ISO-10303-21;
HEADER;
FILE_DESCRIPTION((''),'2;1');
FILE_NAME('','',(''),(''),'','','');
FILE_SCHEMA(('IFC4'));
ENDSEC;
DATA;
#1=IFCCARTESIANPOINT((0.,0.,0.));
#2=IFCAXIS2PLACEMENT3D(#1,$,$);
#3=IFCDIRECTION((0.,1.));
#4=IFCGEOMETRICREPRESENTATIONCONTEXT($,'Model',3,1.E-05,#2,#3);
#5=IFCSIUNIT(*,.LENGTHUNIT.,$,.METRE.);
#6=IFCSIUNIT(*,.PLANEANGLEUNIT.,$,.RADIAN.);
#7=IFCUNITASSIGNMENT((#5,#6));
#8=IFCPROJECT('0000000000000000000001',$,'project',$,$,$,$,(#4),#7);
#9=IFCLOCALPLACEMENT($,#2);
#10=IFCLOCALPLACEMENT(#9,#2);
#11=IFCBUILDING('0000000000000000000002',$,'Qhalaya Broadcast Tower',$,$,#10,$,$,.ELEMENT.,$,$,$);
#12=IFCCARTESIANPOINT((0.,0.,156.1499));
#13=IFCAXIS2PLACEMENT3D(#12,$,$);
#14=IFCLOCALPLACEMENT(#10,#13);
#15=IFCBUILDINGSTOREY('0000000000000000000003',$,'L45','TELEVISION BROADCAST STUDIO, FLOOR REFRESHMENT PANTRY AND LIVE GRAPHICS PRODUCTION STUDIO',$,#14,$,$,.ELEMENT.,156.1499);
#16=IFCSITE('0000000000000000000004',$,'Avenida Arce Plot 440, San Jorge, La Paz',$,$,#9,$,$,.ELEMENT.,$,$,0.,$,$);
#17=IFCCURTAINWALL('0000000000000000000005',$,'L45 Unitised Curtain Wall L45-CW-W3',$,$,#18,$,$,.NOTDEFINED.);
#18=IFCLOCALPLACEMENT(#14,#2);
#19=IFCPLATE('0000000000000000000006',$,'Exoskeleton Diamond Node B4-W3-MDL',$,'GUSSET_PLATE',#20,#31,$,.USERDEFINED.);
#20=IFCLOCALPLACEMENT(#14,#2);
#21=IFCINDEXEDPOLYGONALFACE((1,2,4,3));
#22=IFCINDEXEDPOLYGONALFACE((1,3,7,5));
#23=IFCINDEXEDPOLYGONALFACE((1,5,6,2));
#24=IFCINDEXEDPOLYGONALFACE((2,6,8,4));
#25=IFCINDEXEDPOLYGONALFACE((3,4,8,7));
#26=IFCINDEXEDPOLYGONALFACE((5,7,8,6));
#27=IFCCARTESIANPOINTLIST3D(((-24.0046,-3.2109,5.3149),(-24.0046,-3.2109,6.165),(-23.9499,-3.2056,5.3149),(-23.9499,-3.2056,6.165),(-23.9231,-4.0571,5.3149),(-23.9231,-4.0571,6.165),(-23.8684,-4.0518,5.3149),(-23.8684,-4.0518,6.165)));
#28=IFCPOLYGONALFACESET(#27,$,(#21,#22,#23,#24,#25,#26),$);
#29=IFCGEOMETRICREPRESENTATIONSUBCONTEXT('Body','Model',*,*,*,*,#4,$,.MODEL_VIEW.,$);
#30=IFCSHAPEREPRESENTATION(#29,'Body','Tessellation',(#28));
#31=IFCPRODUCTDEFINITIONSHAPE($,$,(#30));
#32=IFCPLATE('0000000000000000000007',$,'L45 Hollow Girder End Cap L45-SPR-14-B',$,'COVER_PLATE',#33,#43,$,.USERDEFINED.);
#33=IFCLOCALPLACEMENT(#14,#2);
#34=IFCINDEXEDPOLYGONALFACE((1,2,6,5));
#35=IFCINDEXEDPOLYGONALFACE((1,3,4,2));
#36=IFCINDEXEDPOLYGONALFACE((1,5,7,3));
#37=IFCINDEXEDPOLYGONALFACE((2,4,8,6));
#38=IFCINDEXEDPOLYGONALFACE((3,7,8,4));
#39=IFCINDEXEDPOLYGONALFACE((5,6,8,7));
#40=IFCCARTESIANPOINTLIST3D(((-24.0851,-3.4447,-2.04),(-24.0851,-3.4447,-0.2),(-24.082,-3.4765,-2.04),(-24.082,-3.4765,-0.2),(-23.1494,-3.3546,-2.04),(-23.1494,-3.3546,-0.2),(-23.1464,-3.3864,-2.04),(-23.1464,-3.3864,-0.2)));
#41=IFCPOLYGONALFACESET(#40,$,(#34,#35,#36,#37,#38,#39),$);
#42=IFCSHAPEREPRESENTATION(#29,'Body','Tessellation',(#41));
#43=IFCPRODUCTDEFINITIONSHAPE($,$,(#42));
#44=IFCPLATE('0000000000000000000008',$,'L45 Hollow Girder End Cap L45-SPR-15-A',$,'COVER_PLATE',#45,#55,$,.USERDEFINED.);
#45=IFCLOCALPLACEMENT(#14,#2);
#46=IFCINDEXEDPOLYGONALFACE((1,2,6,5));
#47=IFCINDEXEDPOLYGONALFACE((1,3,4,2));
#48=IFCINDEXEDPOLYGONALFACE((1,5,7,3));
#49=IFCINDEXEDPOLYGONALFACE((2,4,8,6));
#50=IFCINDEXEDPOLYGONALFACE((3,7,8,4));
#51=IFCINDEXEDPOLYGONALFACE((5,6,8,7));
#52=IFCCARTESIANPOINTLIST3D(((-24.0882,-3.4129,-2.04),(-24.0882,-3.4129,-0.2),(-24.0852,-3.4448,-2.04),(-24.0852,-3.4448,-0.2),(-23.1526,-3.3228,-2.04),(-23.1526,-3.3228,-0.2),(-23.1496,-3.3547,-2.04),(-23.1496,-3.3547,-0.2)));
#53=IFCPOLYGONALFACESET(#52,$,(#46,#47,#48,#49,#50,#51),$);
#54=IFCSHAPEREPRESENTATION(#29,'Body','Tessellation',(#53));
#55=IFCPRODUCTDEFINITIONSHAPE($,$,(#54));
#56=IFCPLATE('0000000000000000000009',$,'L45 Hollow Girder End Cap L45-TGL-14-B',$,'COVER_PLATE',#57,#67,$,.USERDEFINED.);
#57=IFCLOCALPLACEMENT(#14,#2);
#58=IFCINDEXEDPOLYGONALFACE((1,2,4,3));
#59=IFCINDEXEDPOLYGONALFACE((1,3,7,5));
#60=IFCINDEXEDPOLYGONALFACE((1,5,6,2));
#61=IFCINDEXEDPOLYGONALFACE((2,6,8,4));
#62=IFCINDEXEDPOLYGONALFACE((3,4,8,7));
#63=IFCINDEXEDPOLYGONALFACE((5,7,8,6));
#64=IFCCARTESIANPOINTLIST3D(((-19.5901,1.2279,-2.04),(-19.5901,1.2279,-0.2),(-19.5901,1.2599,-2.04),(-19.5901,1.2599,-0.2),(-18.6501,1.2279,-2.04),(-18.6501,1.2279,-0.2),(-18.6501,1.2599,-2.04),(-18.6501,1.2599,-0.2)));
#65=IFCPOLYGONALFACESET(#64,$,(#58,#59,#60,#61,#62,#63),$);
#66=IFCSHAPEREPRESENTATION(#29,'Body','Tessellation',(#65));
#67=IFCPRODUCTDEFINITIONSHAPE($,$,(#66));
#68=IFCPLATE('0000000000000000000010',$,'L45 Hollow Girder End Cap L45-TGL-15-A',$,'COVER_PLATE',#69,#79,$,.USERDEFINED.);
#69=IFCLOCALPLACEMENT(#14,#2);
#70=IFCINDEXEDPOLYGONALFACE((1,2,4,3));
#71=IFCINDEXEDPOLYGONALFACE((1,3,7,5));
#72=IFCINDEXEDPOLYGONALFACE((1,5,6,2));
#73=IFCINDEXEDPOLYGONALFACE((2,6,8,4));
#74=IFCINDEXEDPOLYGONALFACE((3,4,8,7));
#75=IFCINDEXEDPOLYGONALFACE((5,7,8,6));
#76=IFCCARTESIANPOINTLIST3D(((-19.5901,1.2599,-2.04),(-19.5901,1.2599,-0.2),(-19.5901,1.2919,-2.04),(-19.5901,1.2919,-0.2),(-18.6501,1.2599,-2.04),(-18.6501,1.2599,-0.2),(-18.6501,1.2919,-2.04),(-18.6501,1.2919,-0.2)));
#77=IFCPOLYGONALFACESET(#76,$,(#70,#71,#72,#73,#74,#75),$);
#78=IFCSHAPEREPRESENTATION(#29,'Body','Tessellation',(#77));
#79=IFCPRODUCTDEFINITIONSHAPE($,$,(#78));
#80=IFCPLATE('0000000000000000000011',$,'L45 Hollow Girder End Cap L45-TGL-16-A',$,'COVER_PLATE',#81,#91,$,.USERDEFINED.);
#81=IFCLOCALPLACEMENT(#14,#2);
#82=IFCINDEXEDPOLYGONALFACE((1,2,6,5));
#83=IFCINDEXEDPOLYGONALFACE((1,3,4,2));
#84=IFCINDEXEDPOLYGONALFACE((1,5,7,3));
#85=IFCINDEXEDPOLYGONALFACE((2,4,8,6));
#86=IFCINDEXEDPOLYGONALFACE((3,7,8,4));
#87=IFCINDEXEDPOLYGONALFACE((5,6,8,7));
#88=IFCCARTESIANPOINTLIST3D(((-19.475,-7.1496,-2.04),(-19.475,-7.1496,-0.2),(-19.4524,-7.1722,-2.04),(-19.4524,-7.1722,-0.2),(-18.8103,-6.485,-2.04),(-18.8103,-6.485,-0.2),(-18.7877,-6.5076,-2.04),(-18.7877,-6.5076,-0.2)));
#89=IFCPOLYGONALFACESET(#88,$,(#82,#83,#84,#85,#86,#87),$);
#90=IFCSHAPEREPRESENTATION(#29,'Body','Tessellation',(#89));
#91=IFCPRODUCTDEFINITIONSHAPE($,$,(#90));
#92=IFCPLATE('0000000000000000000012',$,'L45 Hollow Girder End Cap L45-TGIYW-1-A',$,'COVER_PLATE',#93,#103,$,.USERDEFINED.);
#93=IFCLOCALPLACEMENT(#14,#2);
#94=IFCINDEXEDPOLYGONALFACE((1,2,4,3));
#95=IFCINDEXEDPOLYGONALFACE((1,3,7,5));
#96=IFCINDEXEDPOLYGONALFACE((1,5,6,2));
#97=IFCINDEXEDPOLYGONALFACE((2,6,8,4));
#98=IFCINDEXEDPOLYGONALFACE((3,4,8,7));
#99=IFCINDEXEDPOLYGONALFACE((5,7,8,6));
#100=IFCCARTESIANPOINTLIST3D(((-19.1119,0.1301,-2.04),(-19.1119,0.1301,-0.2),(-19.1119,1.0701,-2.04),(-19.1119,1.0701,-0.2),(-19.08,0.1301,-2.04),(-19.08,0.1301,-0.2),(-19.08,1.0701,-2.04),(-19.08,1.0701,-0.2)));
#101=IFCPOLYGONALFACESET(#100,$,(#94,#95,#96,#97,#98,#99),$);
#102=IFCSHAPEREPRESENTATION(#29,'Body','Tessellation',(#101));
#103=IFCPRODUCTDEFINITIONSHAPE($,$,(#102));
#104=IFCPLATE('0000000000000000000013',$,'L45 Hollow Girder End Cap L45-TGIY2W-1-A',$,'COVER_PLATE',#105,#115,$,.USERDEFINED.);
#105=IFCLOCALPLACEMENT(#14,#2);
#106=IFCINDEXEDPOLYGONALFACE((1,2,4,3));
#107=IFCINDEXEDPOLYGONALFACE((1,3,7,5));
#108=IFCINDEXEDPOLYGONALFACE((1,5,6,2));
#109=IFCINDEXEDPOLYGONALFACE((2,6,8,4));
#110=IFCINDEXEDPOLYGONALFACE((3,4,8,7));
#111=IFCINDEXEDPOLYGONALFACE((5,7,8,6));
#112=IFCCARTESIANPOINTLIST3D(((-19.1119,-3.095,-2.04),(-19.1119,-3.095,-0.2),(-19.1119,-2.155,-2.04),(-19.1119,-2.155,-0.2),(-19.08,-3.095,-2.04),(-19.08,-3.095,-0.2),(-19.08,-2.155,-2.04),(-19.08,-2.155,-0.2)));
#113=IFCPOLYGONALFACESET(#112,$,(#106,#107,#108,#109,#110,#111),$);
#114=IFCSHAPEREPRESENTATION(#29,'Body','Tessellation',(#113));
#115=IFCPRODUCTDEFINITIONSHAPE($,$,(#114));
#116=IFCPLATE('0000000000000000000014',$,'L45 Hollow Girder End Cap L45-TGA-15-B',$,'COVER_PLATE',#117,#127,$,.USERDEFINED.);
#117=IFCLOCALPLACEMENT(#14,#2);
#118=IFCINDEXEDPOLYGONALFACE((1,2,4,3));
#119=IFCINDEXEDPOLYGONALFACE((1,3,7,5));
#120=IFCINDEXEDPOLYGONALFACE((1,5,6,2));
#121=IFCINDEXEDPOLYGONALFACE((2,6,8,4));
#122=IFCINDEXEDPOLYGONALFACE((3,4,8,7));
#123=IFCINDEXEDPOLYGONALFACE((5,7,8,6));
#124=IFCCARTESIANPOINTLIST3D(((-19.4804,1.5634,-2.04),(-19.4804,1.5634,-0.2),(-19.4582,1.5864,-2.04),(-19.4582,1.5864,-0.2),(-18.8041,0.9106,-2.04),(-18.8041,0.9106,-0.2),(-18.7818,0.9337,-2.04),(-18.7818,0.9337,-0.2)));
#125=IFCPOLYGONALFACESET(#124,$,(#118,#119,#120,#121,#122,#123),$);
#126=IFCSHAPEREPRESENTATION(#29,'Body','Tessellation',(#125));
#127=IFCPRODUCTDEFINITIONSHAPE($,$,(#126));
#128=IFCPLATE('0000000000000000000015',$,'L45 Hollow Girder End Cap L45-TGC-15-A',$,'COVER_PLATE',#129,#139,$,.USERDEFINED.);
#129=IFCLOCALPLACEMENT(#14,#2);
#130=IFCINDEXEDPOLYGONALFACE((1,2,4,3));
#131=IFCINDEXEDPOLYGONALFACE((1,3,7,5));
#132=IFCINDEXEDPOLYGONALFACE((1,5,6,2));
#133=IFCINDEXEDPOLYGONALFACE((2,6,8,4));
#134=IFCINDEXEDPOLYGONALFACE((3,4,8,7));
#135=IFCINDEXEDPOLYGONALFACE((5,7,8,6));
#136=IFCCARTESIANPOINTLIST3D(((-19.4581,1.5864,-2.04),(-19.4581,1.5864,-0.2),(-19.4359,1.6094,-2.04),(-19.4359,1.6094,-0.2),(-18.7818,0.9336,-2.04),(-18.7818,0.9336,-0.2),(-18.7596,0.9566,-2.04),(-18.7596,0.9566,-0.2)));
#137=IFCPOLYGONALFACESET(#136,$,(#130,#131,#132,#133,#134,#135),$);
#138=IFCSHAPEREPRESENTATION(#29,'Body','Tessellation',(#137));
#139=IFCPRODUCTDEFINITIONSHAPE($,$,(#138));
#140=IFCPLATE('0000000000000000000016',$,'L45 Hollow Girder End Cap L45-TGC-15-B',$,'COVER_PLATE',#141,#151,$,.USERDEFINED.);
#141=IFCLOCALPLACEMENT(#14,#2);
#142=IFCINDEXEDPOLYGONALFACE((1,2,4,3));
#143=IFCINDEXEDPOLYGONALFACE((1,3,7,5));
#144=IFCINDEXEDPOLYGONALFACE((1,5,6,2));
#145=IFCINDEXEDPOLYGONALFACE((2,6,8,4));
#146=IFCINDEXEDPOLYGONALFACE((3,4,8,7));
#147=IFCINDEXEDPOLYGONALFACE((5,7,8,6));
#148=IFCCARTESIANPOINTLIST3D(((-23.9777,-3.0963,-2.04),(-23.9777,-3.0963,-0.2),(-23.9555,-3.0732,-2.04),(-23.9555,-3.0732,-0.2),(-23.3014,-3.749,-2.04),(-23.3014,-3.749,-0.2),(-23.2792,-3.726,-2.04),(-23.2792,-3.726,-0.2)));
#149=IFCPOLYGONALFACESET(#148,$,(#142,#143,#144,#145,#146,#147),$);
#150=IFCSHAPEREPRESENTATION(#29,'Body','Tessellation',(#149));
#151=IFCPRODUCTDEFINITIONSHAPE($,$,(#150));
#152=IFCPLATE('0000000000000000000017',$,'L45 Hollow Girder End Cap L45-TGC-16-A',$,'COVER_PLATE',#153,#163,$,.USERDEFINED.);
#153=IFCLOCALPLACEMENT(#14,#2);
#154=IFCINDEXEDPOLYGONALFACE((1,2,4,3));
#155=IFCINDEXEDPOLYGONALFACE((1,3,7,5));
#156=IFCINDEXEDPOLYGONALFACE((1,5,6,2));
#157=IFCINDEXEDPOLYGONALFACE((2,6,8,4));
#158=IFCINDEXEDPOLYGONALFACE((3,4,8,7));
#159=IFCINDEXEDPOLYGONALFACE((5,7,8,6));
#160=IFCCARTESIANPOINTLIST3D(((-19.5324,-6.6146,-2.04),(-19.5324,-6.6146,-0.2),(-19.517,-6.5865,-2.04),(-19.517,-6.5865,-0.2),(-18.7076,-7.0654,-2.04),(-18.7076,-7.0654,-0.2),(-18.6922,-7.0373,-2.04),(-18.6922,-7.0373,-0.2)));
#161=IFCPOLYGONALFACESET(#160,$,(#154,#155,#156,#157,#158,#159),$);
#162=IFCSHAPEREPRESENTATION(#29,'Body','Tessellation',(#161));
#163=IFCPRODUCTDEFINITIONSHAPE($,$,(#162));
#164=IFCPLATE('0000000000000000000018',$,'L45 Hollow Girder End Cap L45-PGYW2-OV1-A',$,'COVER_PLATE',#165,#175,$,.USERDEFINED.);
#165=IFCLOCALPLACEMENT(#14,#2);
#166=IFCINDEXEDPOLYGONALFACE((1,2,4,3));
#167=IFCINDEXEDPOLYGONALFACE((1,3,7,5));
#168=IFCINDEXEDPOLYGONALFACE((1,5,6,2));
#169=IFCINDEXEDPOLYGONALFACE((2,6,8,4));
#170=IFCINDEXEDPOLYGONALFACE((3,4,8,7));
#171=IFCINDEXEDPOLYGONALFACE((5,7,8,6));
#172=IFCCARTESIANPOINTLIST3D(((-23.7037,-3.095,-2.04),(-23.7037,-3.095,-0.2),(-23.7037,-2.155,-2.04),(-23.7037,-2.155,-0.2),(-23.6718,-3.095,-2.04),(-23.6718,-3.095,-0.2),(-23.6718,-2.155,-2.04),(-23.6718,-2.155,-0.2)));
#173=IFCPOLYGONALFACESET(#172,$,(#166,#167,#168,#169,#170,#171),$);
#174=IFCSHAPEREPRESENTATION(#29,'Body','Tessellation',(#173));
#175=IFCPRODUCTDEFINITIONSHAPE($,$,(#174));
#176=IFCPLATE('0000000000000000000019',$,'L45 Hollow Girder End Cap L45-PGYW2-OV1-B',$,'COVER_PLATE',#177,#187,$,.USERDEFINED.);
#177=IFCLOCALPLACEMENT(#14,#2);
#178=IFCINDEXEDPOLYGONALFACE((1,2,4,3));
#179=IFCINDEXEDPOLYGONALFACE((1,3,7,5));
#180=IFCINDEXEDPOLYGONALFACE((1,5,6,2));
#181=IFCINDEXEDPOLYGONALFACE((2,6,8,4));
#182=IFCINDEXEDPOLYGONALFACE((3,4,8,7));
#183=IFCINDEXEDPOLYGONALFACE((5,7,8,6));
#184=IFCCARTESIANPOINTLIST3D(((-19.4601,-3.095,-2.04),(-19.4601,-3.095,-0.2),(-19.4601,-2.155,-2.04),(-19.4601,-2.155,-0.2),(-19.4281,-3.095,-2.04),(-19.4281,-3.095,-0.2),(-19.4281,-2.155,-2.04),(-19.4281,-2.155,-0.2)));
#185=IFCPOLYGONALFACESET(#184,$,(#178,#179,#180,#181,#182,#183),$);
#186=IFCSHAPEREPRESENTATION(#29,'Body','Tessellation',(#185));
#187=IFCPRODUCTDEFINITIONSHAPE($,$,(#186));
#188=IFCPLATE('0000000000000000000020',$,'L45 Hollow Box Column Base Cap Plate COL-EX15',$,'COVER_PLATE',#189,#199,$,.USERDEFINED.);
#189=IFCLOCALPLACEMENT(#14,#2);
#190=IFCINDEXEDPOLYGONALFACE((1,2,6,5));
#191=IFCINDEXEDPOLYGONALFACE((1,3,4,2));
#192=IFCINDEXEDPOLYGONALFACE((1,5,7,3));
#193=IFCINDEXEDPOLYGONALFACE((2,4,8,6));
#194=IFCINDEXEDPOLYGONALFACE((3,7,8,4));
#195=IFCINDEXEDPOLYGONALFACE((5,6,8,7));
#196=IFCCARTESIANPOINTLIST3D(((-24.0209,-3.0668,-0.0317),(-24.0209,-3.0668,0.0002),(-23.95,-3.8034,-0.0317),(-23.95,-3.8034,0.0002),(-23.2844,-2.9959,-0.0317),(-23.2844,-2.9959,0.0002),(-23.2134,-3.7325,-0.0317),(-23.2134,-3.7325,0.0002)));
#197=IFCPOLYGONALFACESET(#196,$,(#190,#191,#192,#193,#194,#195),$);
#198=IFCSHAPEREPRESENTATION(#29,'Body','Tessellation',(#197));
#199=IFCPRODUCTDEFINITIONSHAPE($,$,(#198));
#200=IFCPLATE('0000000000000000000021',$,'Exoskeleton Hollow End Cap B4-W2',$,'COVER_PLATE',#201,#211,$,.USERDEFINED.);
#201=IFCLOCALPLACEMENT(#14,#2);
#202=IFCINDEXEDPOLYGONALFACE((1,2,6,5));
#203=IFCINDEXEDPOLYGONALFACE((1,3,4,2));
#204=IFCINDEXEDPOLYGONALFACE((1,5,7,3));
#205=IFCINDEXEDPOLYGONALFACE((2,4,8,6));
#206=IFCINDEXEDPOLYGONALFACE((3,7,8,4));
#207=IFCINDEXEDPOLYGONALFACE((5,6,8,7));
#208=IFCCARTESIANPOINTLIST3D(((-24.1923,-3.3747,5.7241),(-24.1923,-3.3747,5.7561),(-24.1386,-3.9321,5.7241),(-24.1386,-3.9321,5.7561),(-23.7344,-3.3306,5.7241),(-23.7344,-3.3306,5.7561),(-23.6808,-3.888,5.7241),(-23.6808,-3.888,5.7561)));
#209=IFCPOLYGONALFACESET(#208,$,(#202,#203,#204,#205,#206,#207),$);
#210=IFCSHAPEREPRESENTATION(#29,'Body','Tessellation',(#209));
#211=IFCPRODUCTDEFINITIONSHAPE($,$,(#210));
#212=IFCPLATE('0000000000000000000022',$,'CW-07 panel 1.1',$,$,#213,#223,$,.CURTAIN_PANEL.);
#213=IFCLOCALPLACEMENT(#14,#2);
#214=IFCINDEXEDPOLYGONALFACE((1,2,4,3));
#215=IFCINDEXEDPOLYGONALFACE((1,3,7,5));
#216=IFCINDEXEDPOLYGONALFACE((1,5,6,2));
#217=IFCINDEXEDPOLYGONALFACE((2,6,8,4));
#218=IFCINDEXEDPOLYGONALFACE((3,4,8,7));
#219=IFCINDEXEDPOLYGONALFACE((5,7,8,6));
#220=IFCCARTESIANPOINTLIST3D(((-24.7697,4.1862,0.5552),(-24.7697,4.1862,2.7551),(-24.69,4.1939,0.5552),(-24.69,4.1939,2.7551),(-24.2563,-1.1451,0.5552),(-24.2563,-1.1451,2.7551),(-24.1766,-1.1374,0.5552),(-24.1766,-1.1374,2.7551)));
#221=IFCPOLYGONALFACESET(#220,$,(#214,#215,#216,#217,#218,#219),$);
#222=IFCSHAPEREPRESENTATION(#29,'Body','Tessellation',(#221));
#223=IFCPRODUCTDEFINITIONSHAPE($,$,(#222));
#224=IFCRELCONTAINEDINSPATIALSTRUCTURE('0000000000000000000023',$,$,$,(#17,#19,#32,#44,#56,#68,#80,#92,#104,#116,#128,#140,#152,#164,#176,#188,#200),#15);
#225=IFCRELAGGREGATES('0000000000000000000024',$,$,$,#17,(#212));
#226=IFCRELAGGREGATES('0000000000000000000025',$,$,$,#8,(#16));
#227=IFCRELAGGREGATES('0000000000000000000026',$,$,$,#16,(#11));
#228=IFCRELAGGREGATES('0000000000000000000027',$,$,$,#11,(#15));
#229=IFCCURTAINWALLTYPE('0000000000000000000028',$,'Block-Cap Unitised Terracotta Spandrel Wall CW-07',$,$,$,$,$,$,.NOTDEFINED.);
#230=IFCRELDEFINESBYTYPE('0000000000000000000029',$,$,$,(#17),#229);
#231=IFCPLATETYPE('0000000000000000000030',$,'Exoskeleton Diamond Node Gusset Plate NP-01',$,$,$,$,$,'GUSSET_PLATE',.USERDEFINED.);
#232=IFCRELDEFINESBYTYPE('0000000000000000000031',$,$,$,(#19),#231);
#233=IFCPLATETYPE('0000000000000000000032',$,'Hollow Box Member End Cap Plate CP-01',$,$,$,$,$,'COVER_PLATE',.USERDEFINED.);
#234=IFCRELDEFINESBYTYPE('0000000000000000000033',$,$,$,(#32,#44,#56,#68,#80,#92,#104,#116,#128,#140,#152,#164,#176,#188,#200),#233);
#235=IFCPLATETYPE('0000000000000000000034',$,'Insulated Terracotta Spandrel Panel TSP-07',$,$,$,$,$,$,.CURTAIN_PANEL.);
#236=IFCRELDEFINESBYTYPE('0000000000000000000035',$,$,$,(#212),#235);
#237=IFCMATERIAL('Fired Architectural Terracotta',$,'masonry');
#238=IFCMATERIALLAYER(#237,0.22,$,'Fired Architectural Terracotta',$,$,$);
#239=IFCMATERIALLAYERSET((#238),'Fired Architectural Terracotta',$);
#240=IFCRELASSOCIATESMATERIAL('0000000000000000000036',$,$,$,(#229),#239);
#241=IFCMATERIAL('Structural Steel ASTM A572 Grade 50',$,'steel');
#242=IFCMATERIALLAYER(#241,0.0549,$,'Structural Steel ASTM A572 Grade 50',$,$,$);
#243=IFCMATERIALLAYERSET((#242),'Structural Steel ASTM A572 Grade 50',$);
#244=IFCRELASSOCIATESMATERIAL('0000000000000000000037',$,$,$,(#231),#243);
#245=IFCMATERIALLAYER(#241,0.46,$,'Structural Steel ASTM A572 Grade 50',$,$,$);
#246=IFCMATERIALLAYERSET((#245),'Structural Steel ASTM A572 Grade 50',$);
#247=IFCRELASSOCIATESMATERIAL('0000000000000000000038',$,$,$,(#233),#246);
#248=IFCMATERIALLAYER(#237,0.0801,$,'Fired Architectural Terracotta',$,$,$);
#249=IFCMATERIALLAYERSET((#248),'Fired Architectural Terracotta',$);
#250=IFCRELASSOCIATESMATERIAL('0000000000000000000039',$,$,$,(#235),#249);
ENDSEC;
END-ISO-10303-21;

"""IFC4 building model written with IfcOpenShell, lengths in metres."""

from ifc_helpers import new_model, si_unit, direction, frame, origin, origin_2d, place, context, subcontext, project, spatial, rectangle, extrude, material, layer, layer_set, type_object, element, aggregate, save


model = new_model("IFC4")

# Units and contexts
model_context = context("Model", 3, precision=1e-05, world=origin(), true_north=direction((0.0, 1.0)))
body_context = subcontext(model_context, "Body", "Model", "MODEL_VIEW")
ifc_project = project(units=[si_unit("LENGTHUNIT", "METRE"), si_unit("PLANEANGLEUNIT", "RADIAN")], contexts=[model_context])

# Site, building, storey
site_placement = place(None, origin())
site = spatial("IfcSite", under=ifc_project, at=site_placement, Name="Avenida Arce Plot 440, San Jorge, La Paz", CompositionType="ELEMENT", RefElevation=0.0)
building_placement = place(site_placement, origin())
building = spatial("IfcBuilding", under=site, at=building_placement, Name="Qhalaya Broadcast Tower", CompositionType="ELEMENT")
storey_placement = place(building_placement, frame((0.0, 0.0, 156.1499)))
storey = spatial("IfcBuildingStorey", under=building, at=storey_placement, Name="L45", Description="TELEVISION BROADCAST STUDIO, FLOOR REFRESHMENT PANTRY AND LIVE GRAPHICS PRODUCTION STUDIO", CompositionType="ELEMENT", Elevation=156.1499)

# Shared definitions
ifc_material_1 = material(Name="Structural Steel ASTM A572 Grade 50", Category="steel")

# Curtain wall
ifc_material_2 = material(Name="Fired Architectural Terracotta", Category="masonry")
ifc_layer_1 = layer(ifc_material_2, 0.22, Name="Fired Architectural Terracotta")
ifc_layer_set_1 = layer_set([ifc_layer_1], Name="Fired Architectural Terracotta")
curtain_wall_type_1 = type_object("IfcCurtainWallType", Name="Block-Cap Unitised Terracotta Spandrel Wall CW-07", PredefinedType="NOTDEFINED", material=ifc_layer_set_1)
curtain_wall_1_placement = place(storey_placement, origin())
curtain_wall_1 = element("IfcCurtainWall", 1, at=curtain_wall_1_placement, inside=storey, type_object=curtain_wall_type_1, Name="L45 Unitised Curtain Wall L45-CW-W3", PredefinedType="NOTDEFINED")

# Plates
ifc_layer_2 = layer(ifc_material_1, 0.0549, Name="Structural Steel ASTM A572 Grade 50")
ifc_layer_set_2 = layer_set([ifc_layer_2], Name="Structural Steel ASTM A572 Grade 50")
plate_type_1 = type_object("IfcPlateType", Name="Exoskeleton Diamond Node Gusset Plate NP-01", ElementType="GUSSET_PLATE", PredefinedType="USERDEFINED", material=ifc_layer_set_2)
plate_1_placement = place(storey_placement, frame((-23.9365, -3.6313, 5.3149), z_axis=(0.0, 0.0, 1.0), x_axis=(-0.095846, 0.995396, 0.0)))
element("IfcPlate", 2, at=plate_1_placement, inside=storey, type_object=plate_type_1, Name="Exoskeleton Diamond Node B4-W3-MDL", ObjectType="GUSSET_PLATE", PredefinedType="USERDEFINED", context=body_context, shape_type="SweptSolid", body=[
    extrude(rectangle(XDim=0.8501, YDim=0.0549, at=origin_2d()), origin(), (0.0, 0.0, 1.0), 0.8501),
])
ifc_layer_3 = layer(ifc_material_1, 0.46, Name="Structural Steel ASTM A572 Grade 50")
ifc_layer_set_3 = layer_set([ifc_layer_3], Name="Structural Steel ASTM A572 Grade 50")
plate_type_2 = type_object("IfcPlateType", Name="Hollow Box Member End Cap Plate CP-01", ElementType="COVER_PLATE", PredefinedType="USERDEFINED", material=ifc_layer_set_3)
for number, where, z_axis, x_axis, name in (
    (3, (-23.6157, -3.4155, -2.04), (0.0, 0.0, 1.0), (0.995396, 0.095846, 0.0), "L45 Hollow Girder End Cap L45-SPR-14-B"),
    (4, (-23.6189, -3.3838, -2.04), (0.0, 0.0, 1.0), (0.995396, 0.095846, 0.0), "L45 Hollow Girder End Cap L45-SPR-15-A"),
    (5, (-19.1201, 1.2439, -2.04), (0.0, 0.0, 1.0), (1.0, 0.0, 0.0), "L45 Hollow Girder End Cap L45-TGL-14-B"),
    (6, (-19.1201, 1.2759, -2.04), (0.0, 0.0, 1.0), (1.0, 0.0, 0.0), "L45 Hollow Girder End Cap L45-TGL-15-A"),
    (7, (-19.1313, -6.8286, -2.04), (0.0, 0.0, 1.0), (0.707107, 0.707107, 0.0), "L45 Hollow Girder End Cap L45-TGL-16-A"),
    (8, (-19.0959, 0.6001, -2.04), (0.0, 0.0, 1.0), (0.0, 1.0, 0.0), "L45 Hollow Girder End Cap L45-TGIYW-1-A"),
    (9, (-19.0959, -2.625, -2.04), (0.0, 0.0, 1.0), (0.0, 1.0, 0.0), "L45 Hollow Girder End Cap L45-TGIY2W-1-A"),
    (10, (-19.1311, 1.2485, -2.04), (0.0, 0.0, 1.0), (0.719522, -0.69447, 0.0), "L45 Hollow Girder End Cap L45-TGA-15-B"),
    (11, (-19.1089, 1.2715, -2.04), (0.0, 0.0, 1.0), (0.719522, -0.69447, 0.0), "L45 Hollow Girder End Cap L45-TGC-15-A"),
    (12, (-23.6284, -3.4111, -2.04), (0.0, 0.0, 1.0), (0.719522, -0.69447, 0.0), "L45 Hollow Girder End Cap L45-TGC-15-B"),
    (13, (-19.1123, -6.8259, -2.04), (0.0, 0.0, 1.0), (0.877481, -0.479611, 0.0), "L45 Hollow Girder End Cap L45-TGC-16-A"),
    (14, (-23.6877, -2.625, -2.04), (0.0, 0.0, 1.0), (0.0, 1.0, 0.0), "L45 Hollow Girder End Cap L45-PGYW2-OV1-A"),
    (15, (-19.4441, -2.625, -2.04), (0.0, 0.0, 1.0), (0.0, 1.0, 0.0), "L45 Hollow Girder End Cap L45-PGYW2-OV1-B"),
):
    element("IfcPlate", number, at=place(storey_placement, frame(where, z_axis=z_axis, x_axis=x_axis)), inside=storey, type_object=plate_type_2, Name=name, ObjectType="COVER_PLATE", PredefinedType="USERDEFINED", context=body_context, shape_type="SweptSolid", body=[
        extrude(rectangle(XDim=0.9399, YDim=0.032, at=origin_2d()), origin(), (0.0, 0.0, 1.0), 1.8401),
    ])
plate_2_placement = place(storey_placement, frame((-23.6172, -3.3997, -0.0317), z_axis=(0.0, 0.0, 1.0), x_axis=(-0.095846, 0.995396, 0.0)))
element("IfcPlate", 16, at=plate_2_placement, inside=storey, type_object=plate_type_2, Name="L45 Hollow Box Column Base Cap Plate COL-EX15", ObjectType="COVER_PLATE", PredefinedType="USERDEFINED", context=body_context, shape_type="SweptSolid", body=[
    extrude(rectangle(XDim=0.74, YDim=0.74, at=origin_2d()), origin(), (0.0, 0.0, 1.0), 0.032),
])
plate_3_placement = place(storey_placement, frame((-23.9365, -3.6313, 5.7241), z_axis=(0.0, 0.0, 1.0), x_axis=(-0.095846, 0.995396, 0.0)))
element("IfcPlate", 17, at=plate_3_placement, inside=storey, type_object=plate_type_2, Name="Exoskeleton Hollow End Cap B4-W2", ObjectType="COVER_PLATE", PredefinedType="USERDEFINED", context=body_context, shape_type="SweptSolid", body=[
    extrude(rectangle(XDim=0.5601, YDim=0.46, at=origin_2d()), origin(), (0.0, 0.0, 1.0), 0.032),
])

# Plate
ifc_layer_4 = layer(ifc_material_2, 0.0801, Name="Fired Architectural Terracotta")
ifc_layer_set_4 = layer_set([ifc_layer_4], Name="Fired Architectural Terracotta")
plate_type_3 = type_object("IfcPlateType", Name="Insulated Terracotta Spandrel Panel TSP-07", PredefinedType="CURTAIN_PANEL", material=ifc_layer_set_4)
plate_4_placement = place(storey_placement, frame((-24.4731, 1.5244, 0.5552), z_axis=(0.0, 0.0, 1.0), x_axis=(0.095858, -0.995395, 0.0)))
plate_4 = element("IfcPlate", 18, at=plate_4_placement, type_object=plate_type_3, Name="CW-07 panel 1.1", PredefinedType="CURTAIN_PANEL", context=body_context, shape_type="SweptSolid", body=[
    extrude(rectangle(XDim=5.356, YDim=0.0801, at=origin_2d()), origin(), (0.0, 0.0, 1.0), 2.2),
])
aggregate(curtain_wall_1, [plate_4])

save(model, "model.ifc")
